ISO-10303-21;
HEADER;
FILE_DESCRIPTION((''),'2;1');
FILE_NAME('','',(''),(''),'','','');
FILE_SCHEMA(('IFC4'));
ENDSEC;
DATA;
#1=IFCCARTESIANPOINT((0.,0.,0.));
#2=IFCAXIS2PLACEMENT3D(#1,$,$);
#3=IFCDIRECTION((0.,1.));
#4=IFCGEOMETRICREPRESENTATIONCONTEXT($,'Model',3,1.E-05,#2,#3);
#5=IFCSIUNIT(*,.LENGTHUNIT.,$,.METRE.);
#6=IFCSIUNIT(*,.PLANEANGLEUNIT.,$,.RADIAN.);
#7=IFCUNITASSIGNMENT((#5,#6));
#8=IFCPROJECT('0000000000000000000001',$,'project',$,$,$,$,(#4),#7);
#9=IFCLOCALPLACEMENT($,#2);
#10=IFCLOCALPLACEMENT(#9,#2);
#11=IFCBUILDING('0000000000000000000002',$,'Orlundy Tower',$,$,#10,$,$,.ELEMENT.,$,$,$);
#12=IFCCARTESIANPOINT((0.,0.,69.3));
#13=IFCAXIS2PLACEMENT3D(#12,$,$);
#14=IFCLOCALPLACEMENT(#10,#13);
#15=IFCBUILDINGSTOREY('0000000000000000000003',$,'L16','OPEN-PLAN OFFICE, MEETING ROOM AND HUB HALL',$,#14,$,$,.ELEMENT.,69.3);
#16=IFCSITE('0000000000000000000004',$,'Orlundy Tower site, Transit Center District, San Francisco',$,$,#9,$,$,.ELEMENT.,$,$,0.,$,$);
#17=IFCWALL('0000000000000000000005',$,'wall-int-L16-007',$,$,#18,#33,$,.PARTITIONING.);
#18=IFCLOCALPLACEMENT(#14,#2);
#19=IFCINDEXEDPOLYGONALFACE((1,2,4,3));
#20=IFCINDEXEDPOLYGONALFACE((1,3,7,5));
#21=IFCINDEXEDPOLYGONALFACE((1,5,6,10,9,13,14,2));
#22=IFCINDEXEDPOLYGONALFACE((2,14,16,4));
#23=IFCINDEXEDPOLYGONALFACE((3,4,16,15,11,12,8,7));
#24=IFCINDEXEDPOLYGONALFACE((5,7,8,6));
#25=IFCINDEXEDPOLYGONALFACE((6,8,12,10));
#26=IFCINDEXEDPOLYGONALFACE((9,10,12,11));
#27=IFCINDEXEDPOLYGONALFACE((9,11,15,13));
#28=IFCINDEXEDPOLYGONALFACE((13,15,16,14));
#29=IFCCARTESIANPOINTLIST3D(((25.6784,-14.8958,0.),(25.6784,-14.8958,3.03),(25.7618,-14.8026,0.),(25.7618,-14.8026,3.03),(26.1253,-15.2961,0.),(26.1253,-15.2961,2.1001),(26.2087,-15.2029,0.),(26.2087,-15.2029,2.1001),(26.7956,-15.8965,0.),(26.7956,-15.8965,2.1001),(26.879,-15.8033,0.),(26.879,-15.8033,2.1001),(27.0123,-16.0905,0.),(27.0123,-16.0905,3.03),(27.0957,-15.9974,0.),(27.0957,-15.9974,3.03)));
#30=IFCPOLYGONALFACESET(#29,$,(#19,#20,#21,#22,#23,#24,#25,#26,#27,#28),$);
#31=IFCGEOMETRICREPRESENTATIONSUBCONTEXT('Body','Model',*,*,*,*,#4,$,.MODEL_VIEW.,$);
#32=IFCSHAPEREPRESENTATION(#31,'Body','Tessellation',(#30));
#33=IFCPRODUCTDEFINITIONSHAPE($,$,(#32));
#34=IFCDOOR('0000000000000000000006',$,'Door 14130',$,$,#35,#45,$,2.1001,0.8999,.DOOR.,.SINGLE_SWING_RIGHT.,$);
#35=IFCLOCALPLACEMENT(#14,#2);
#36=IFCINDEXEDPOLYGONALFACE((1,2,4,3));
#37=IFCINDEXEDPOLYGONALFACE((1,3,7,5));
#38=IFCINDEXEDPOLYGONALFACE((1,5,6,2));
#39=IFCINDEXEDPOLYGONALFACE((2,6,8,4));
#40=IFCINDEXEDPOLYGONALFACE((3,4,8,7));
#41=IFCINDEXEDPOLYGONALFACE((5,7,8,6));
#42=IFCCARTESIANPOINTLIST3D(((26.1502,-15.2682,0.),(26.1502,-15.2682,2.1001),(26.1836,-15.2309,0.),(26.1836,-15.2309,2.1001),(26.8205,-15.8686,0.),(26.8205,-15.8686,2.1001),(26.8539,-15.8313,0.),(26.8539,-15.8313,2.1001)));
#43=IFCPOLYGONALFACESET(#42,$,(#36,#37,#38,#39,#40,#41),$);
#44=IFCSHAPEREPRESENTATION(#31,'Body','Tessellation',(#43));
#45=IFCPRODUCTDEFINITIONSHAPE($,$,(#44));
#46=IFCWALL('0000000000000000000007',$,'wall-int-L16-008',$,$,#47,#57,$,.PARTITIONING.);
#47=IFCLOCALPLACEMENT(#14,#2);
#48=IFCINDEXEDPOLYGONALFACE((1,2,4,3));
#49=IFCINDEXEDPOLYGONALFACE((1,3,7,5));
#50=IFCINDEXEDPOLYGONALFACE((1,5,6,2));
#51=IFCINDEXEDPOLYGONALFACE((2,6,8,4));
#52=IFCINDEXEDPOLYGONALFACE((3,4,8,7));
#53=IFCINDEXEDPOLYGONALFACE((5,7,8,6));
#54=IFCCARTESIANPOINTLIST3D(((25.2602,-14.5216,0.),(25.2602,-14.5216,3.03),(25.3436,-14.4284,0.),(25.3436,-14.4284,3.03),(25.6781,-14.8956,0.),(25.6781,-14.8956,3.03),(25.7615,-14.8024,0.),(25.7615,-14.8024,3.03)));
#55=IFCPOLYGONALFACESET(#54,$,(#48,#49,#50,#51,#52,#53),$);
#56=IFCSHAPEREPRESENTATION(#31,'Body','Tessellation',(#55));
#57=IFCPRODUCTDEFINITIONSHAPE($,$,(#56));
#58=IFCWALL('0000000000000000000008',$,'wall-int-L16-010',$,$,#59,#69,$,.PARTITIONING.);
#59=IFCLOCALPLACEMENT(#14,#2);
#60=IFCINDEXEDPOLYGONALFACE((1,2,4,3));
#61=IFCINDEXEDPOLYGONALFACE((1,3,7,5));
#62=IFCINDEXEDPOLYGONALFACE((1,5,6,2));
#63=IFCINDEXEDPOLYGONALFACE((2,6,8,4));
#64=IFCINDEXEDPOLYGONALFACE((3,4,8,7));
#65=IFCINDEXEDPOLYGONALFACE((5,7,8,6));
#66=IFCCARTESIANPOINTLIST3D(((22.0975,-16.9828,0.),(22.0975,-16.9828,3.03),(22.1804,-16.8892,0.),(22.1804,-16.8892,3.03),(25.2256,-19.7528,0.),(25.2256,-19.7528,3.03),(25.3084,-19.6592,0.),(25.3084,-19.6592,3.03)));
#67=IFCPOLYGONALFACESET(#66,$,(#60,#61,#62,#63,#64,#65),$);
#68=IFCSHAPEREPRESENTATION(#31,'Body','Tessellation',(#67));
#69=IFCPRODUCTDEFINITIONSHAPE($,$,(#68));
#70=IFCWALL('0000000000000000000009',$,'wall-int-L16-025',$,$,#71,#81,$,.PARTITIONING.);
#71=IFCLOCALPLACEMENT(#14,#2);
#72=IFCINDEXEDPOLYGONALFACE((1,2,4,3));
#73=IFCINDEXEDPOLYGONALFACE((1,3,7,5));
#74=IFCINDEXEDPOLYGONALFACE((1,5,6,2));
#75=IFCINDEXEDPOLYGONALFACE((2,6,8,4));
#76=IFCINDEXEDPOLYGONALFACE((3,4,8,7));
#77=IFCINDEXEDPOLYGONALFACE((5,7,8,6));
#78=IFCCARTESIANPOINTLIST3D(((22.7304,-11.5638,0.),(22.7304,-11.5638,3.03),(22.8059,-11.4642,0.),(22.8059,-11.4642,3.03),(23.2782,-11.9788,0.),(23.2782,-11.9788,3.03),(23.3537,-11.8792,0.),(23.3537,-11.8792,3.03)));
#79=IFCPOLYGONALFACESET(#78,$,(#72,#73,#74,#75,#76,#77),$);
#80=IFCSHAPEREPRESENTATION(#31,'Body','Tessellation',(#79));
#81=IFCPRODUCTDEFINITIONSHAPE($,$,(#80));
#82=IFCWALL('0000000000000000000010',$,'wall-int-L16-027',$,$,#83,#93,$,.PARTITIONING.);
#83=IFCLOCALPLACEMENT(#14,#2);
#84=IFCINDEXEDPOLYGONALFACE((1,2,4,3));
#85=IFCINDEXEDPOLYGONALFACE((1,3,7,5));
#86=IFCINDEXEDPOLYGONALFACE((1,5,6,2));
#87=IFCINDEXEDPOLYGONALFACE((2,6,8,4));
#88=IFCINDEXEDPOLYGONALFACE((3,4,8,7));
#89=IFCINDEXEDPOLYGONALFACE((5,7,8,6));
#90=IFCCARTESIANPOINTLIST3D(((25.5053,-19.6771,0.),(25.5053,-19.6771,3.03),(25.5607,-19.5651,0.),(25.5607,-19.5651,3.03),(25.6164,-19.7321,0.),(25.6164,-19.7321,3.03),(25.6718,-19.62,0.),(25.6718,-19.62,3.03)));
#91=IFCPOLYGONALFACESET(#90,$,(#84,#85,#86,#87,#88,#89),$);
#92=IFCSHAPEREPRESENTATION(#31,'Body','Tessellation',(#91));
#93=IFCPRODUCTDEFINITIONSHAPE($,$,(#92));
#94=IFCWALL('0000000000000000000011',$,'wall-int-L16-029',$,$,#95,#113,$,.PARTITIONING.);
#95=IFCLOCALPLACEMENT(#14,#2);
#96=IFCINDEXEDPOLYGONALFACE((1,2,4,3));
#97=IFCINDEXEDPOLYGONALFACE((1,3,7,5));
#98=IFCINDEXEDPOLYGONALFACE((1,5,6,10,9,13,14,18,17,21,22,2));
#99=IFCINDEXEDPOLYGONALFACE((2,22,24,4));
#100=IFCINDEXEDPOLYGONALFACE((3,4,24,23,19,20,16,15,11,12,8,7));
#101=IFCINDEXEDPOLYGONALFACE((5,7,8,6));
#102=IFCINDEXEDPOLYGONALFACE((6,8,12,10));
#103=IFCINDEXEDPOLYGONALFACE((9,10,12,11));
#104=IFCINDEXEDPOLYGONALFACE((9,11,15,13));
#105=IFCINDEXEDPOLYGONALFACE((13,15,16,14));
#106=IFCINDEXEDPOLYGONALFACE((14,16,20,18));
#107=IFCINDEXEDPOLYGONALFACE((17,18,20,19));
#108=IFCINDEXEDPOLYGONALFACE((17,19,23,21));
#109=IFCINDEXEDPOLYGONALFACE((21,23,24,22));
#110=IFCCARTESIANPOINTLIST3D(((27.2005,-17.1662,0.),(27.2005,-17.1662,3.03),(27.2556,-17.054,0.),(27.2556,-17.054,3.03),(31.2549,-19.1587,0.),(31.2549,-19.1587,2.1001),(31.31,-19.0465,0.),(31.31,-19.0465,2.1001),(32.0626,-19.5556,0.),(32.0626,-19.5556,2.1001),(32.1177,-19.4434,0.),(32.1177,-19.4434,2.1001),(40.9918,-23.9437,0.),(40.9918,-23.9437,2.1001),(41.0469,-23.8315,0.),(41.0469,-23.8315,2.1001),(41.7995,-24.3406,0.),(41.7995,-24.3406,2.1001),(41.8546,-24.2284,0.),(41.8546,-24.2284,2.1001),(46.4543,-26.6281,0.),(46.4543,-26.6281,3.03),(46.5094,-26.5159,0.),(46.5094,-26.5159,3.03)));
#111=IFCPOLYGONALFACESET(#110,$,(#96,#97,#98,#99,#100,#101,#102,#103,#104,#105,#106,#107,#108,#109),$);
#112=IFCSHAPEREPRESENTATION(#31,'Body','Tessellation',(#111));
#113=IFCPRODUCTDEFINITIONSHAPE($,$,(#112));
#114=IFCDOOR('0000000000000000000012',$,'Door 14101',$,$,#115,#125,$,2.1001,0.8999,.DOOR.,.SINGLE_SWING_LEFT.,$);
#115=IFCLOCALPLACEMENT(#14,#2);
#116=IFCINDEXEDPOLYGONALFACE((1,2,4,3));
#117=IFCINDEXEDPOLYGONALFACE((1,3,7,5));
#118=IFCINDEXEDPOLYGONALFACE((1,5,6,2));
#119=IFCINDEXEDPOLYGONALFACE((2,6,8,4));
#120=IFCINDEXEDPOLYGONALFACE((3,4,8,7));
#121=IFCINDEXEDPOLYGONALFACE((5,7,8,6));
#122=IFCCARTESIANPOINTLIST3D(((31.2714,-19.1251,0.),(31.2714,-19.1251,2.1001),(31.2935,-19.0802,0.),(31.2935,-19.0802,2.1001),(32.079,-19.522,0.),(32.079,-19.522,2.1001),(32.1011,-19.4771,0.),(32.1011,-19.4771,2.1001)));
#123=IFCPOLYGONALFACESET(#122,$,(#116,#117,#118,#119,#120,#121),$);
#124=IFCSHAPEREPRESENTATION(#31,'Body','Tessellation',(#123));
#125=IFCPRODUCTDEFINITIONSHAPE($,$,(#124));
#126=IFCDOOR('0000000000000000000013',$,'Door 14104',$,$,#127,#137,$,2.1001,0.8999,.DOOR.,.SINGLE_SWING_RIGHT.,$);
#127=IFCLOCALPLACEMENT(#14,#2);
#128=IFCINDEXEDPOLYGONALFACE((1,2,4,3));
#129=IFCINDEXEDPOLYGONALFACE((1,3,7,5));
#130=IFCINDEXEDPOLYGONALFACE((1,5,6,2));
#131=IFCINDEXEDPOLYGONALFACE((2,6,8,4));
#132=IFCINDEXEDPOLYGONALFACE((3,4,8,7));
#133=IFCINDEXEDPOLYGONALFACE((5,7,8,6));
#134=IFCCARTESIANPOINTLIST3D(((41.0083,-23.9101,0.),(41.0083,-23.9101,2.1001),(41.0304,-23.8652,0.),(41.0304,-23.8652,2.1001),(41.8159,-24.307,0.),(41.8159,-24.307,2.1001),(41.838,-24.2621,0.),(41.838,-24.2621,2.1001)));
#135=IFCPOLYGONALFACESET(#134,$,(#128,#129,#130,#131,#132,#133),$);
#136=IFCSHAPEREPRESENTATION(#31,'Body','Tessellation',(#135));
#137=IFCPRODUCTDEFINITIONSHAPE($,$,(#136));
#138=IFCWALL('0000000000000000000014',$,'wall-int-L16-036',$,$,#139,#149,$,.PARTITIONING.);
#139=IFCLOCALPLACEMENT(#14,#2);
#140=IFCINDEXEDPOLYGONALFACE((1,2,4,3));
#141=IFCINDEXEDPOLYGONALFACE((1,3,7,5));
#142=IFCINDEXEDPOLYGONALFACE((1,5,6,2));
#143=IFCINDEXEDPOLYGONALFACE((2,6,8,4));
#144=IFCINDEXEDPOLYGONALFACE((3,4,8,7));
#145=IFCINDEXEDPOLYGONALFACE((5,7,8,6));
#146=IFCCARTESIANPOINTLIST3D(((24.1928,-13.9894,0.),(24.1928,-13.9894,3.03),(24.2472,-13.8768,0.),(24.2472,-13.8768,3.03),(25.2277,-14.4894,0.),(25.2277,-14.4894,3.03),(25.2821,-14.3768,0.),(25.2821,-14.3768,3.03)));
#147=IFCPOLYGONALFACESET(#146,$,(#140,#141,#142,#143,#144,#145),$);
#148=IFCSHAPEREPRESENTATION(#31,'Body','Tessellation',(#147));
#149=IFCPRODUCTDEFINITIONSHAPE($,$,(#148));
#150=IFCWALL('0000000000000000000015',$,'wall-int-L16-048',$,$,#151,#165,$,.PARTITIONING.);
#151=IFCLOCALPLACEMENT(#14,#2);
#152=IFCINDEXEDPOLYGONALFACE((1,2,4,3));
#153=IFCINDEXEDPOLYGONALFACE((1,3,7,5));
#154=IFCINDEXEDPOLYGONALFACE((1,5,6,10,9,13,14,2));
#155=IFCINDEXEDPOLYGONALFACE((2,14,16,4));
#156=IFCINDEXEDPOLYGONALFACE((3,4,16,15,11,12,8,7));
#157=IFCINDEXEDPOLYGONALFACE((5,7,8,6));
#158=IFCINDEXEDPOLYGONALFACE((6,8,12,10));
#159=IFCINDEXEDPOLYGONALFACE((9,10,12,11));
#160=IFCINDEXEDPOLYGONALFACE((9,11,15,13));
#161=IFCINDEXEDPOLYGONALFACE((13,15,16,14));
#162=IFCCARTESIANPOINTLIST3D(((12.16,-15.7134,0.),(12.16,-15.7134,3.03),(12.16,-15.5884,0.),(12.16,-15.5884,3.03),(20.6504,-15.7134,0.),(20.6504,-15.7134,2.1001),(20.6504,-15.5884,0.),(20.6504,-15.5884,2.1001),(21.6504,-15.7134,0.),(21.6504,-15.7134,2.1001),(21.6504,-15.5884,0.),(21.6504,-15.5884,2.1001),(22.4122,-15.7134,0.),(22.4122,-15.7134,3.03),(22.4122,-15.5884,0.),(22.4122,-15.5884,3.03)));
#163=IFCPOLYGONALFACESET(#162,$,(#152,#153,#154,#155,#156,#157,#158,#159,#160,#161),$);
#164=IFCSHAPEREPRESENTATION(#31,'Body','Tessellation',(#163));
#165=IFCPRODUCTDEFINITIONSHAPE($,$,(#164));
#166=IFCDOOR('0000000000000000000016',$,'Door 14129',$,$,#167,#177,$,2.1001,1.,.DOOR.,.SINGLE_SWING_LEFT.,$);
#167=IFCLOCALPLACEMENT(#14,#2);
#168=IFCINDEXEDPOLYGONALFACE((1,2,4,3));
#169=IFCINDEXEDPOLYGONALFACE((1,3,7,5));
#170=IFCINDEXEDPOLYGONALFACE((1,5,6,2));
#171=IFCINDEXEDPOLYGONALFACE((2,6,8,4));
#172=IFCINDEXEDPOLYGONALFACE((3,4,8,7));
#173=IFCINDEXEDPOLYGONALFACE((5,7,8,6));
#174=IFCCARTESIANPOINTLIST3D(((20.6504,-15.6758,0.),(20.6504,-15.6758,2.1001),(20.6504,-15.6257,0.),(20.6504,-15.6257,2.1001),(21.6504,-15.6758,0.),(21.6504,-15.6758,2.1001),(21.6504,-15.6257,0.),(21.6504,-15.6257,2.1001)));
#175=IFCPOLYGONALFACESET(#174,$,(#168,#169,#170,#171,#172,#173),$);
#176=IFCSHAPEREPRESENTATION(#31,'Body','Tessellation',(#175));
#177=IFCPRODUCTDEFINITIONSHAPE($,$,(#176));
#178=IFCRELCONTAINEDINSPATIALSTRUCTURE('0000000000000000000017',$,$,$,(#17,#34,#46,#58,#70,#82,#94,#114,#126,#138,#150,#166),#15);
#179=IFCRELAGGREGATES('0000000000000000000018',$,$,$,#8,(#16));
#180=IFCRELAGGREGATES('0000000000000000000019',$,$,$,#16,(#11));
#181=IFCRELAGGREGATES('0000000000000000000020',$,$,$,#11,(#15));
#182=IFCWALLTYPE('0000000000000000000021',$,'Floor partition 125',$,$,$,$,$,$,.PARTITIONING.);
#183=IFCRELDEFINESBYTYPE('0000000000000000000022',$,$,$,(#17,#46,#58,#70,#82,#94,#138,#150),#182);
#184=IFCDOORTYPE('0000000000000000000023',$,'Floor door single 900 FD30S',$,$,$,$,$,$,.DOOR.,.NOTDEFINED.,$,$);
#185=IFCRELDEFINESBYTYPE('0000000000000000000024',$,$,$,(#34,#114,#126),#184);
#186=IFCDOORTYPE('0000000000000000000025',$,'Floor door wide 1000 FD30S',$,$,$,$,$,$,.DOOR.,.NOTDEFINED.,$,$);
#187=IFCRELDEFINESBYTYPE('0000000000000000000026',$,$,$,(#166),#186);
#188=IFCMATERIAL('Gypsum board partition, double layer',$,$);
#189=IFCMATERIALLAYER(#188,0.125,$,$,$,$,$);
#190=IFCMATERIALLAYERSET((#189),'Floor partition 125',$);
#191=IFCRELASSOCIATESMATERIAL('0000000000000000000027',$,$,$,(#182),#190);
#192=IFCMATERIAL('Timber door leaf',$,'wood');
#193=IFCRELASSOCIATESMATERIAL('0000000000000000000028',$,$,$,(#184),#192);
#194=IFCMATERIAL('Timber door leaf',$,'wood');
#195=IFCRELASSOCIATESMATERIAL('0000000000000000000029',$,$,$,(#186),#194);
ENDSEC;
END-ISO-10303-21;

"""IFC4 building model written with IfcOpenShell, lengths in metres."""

from ifc_helpers import new_model, si_unit, direction, frame, frame_2d, origin, place, context, subcontext, project, spatial, rectangle, extrude, material, layer, layer_set, type_object, element, fill, save


model = new_model("IFC4")

# Units and contexts
model_context = context("Model", 3, precision=1e-05, world=origin(), true_north=direction((0.0, 1.0)))
body_context = subcontext(model_context, "Body", "Model", "MODEL_VIEW")
ifc_project = project(units=[si_unit("LENGTHUNIT", "METRE"), si_unit("PLANEANGLEUNIT", "RADIAN")], contexts=[model_context])

# Site, building, storey
site_placement = place(None, origin())
site = spatial("IfcSite", under=ifc_project, at=site_placement, Name="Orlundy Tower site, Transit Center District, San Francisco", CompositionType="ELEMENT", RefElevation=0.0)
building_placement = place(site_placement, origin())
building = spatial("IfcBuilding", under=site, at=building_placement, Name="Orlundy Tower", CompositionType="ELEMENT")
storey_placement = place(building_placement, frame((0.0, 0.0, 69.3)))
storey = spatial("IfcBuildingStorey", under=building, at=storey_placement, Name="L16", Description="OPEN-PLAN OFFICE, MEETING ROOM AND HUB HALL", CompositionType="ELEMENT", Elevation=69.3)

# Wall, opening, door
ifc_material_1 = material(Name="Gypsum board partition, double layer")
ifc_layer_1 = layer(ifc_material_1, 0.125)
ifc_layer_set_1 = layer_set([ifc_layer_1], Name="Floor partition 125")
wall_type_1 = type_object("IfcWallType", Name="Floor partition 125", PredefinedType="PARTITIONING", material=ifc_layer_set_1)
wall_1_placement = place(storey_placement, frame((25.72, -14.8491, 0.0), z_axis=(0.0, 0.0, 1.0), x_axis=(0.744892, -0.667185, 0.0)))
wall_1 = element("IfcWall", 1, at=wall_1_placement, inside=storey, type_object=wall_type_1, Name="wall-int-L16-007", PredefinedType="PARTITIONING", context=body_context, shape_type="SweptSolid", body=[
    extrude(rectangle(XDim=1.7908, YDim=0.125, at=frame_2d((0.8955, 0.0))), origin(), (0.0, 0.0, 1.0), 3.03),
])
opening_1_placement = place(wall_1_placement, frame((0.6001, 0.0, 0.0)))
opening_1 = element("IfcOpeningElement", 2, at=opening_1_placement, cuts=wall_1, PredefinedType="OPENING", context=body_context, shape_type="SweptSolid", body=[
    extrude(rectangle(XDim=0.8999, YDim=2.1001, at=frame_2d((0.45, 1.05))), frame((0.0, 0.0725, 0.0), z_axis=(0.0, -1.0, 0.0), x_axis=(1.0, 0.0, 0.0)), (0.0, 0.0, 1.0), 0.145),
])
ifc_material_2 = material(Name="Timber door leaf", Category="wood")
door_type_1 = type_object("IfcDoorType", Name="Floor door single 900 FD30S", OperationType="NOTDEFINED", PredefinedType="DOOR", material=ifc_material_2)
door_1_placement = place(opening_1_placement, origin())
door_1 = element("IfcDoor", 3, at=door_1_placement, inside=storey, type_object=door_type_1, Name="Door 14130", OperationType="SINGLE_SWING_RIGHT", OverallHeight=2.1001, OverallWidth=0.8999, PredefinedType="DOOR", context=body_context, shape_type="SweptSolid", body=[
    extrude(rectangle(XDim=0.8999, YDim=2.1001, at=frame_2d((0.45, 1.05))), frame((0.0, 0.0249, 0.0), z_axis=(0.0, -1.0, 0.0), x_axis=(1.0, 0.0, 0.0)), (0.0, 0.0, 1.0), 0.05),
])
fill(opening_1, door_1)

# Walls
wall_2_placement = place(storey_placement, frame((25.302, -14.4751, 0.0), z_axis=(0.0, 0.0, 1.0), x_axis=(0.745196, -0.666846, 0.0)))
element("IfcWall", 4, at=wall_2_placement, inside=storey, type_object=wall_type_1, Name="wall-int-L16-008", PredefinedType="PARTITIONING", context=body_context, shape_type="SweptSolid", body=[
    extrude(rectangle(XDim=0.5608, YDim=0.125, at=frame_2d((0.2803, 0.0))), origin(), (0.0, 0.0, 1.0), 3.03),
])
wall_3_placement = place(storey_placement, frame((22.1389, -16.936, 0.0), z_axis=(0.0, 0.0, 1.0), x_axis=(0.748665, -0.662948, 0.0)))
element("IfcWall", 5, at=wall_3_placement, inside=storey, type_object=wall_type_1, Name="wall-int-L16-010", PredefinedType="PARTITIONING", context=body_context, shape_type="SweptSolid", body=[
    extrude(rectangle(XDim=4.1782, YDim=0.125, at=frame_2d((2.0891, 0.0))), origin(), (0.0, 0.0, 1.0), 3.03),
])
wall_4_placement = place(storey_placement, frame((22.7681, -11.5139, 0.0), z_axis=(0.0, 0.0, 1.0), x_axis=(0.797092, -0.603858, 0.0)))
element("IfcWall", 6, at=wall_4_placement, inside=storey, type_object=wall_type_1, Name="wall-int-L16-025", PredefinedType="PARTITIONING", context=body_context, shape_type="SweptSolid", body=[
    extrude(rectangle(XDim=0.6873, YDim=0.125, at=frame_2d((0.3438, 0.0))), origin(), (0.0, 0.0, 1.0), 3.03),
])
wall_5_placement = place(storey_placement, frame((25.533, -19.6211, 0.0), z_axis=(0.0, 0.0, 1.0), x_axis=(0.896389, -0.443269, 0.0)))
element("IfcWall", 7, at=wall_5_placement, inside=storey, type_object=wall_type_1, Name="wall-int-L16-027", PredefinedType="PARTITIONING", context=body_context, shape_type="SweptSolid", body=[
    extrude(rectangle(XDim=0.124, YDim=0.125, at=frame_2d((0.062, 0.0))), origin(), (0.0, 0.0, 1.0), 3.03),
])

# Wall, openings, doors
wall_6_placement = place(storey_placement, frame((27.228, -17.1101, 0.0), z_axis=(0.0, 0.0, 1.0), x_axis=(0.897483, -0.441049, 0.0)))
wall_6 = element("IfcWall", 8, at=wall_6_placement, inside=storey, type_object=wall_type_1, Name="wall-int-L16-029", PredefinedType="PARTITIONING", context=body_context, shape_type="SweptSolid", body=[
    extrude(rectangle(XDim=21.4531, YDim=0.125, at=frame_2d((10.7266, 0.0))), origin(), (0.0, 0.0, 1.0), 3.03),
])
opening_2_placement = place(wall_6_placement, frame((4.5176, 0.0, 0.0)))
opening_2 = element("IfcOpeningElement", 9, at=opening_2_placement, cuts=wall_6, PredefinedType="OPENING", context=body_context, shape_type="SweptSolid", body=[
    extrude(rectangle(XDim=0.8999, YDim=2.1001, at=frame_2d((0.45, 1.05))), frame((0.0, 0.0725, 0.0), z_axis=(0.0, -1.0, 0.0), x_axis=(1.0, 0.0, 0.0)), (0.0, 0.0, 1.0), 0.145),
])
opening_3_placement = place(wall_6_placement, frame((15.3667, 0.0, 0.0)))
opening_3 = element("IfcOpeningElement", 10, at=opening_3_placement, cuts=wall_6, PredefinedType="OPENING", context=body_context, shape_type="SweptSolid", body=[
    extrude(rectangle(XDim=0.8999, YDim=2.1001, at=frame_2d((0.45, 1.05))), frame((0.0, 0.0725, 0.0), z_axis=(0.0, -1.0, 0.0), x_axis=(1.0, 0.0, 0.0)), (0.0, 0.0, 1.0), 0.145),
])
door_2_placement = place(opening_2_placement, origin())
door_2 = element("IfcDoor", 11, at=door_2_placement, inside=storey, type_object=door_type_1, Name="Door 14101", OperationType="SINGLE_SWING_LEFT", OverallHeight=2.1001, OverallWidth=0.8999, PredefinedType="DOOR", context=body_context, shape_type="SweptSolid", body=[
    extrude(rectangle(XDim=0.8999, YDim=2.1001, at=frame_2d((0.45, 1.05))), frame((0.0, 0.0249, 0.0), z_axis=(0.0, -1.0, 0.0), x_axis=(1.0, 0.0, 0.0)), (0.0, 0.0, 1.0), 0.05),
])
fill(opening_2, door_2)
door_3_placement = place(opening_3_placement, origin())
door_3 = element("IfcDoor", 12, at=door_3_placement, inside=storey, type_object=door_type_1, Name="Door 14104", OperationType="SINGLE_SWING_RIGHT", OverallHeight=2.1001, OverallWidth=0.8999, PredefinedType="DOOR", context=body_context, shape_type="SweptSolid", body=[
    extrude(rectangle(XDim=0.8999, YDim=2.1001, at=frame_2d((0.45, 1.05))), frame((0.0, 0.0249, 0.0), z_axis=(0.0, -1.0, 0.0), x_axis=(1.0, 0.0, 0.0)), (0.0, 0.0, 1.0), 0.05),
])
fill(opening_3, door_3)

# Wall
wall_7_placement = place(storey_placement, frame((24.22, -13.9331, 0.0), z_axis=(0.0, 0.0, 1.0), x_axis=(0.90042, -0.435022, 0.0)))
element("IfcWall", 13, at=wall_7_placement, inside=storey, type_object=wall_type_1, Name="wall-int-L16-036", PredefinedType="PARTITIONING", context=body_context, shape_type="SweptSolid", body=[
    extrude(rectangle(XDim=1.1494, YDim=0.125, at=frame_2d((0.5747, 0.0))), origin(), (0.0, 0.0, 1.0), 3.03),
])

# Wall, opening, door
wall_8_placement = place(storey_placement, frame((22.4121, -15.6509, 0.0), z_axis=(0.0, 0.0, 1.0), x_axis=(-1.0, 0.0, 0.0)))
wall_8 = element("IfcWall", 14, at=wall_8_placement, inside=storey, type_object=wall_type_1, Name="wall-int-L16-048", PredefinedType="PARTITIONING", context=body_context, shape_type="SweptSolid", body=[
    extrude(rectangle(XDim=10.2522, YDim=0.125, at=frame_2d((5.126, 0.0))), origin(), (0.0, 0.0, 1.0), 3.03),
])
opening_4_placement = place(wall_8_placement, frame((0.7617, 0.0, 0.0)))
opening_4 = element("IfcOpeningElement", 15, at=opening_4_placement, cuts=wall_8, PredefinedType="OPENING", context=body_context, shape_type="SweptSolid", body=[
    extrude(rectangle(XDim=1.0, YDim=2.1001, at=frame_2d((0.5, 1.05))), frame((0.0, 0.0725, 0.0), z_axis=(0.0, -1.0, 0.0), x_axis=(1.0, 0.0, 0.0)), (0.0, 0.0, 1.0), 0.145),
])
ifc_material_3 = material(Name="Timber door leaf", Category="wood")
door_type_2 = type_object("IfcDoorType", Name="Floor door wide 1000 FD30S", OperationType="NOTDEFINED", PredefinedType="DOOR", material=ifc_material_3)
door_4_placement = place(opening_4_placement, origin())
door_4 = element("IfcDoor", 16, at=door_4_placement, inside=storey, type_object=door_type_2, Name="Door 14129", OperationType="SINGLE_SWING_LEFT", OverallHeight=2.1001, OverallWidth=1.0, PredefinedType="DOOR", context=body_context, shape_type="SweptSolid", body=[
    extrude(rectangle(XDim=1.0, YDim=2.1001, at=frame_2d((0.5, 1.05))), frame((0.0, 0.0249, 0.0), z_axis=(0.0, -1.0, 0.0), x_axis=(1.0, 0.0, 0.0)), (0.0, 0.0, 1.0), 0.05),
])
fill(opening_4, door_4)

save(model, "model.ifc")
